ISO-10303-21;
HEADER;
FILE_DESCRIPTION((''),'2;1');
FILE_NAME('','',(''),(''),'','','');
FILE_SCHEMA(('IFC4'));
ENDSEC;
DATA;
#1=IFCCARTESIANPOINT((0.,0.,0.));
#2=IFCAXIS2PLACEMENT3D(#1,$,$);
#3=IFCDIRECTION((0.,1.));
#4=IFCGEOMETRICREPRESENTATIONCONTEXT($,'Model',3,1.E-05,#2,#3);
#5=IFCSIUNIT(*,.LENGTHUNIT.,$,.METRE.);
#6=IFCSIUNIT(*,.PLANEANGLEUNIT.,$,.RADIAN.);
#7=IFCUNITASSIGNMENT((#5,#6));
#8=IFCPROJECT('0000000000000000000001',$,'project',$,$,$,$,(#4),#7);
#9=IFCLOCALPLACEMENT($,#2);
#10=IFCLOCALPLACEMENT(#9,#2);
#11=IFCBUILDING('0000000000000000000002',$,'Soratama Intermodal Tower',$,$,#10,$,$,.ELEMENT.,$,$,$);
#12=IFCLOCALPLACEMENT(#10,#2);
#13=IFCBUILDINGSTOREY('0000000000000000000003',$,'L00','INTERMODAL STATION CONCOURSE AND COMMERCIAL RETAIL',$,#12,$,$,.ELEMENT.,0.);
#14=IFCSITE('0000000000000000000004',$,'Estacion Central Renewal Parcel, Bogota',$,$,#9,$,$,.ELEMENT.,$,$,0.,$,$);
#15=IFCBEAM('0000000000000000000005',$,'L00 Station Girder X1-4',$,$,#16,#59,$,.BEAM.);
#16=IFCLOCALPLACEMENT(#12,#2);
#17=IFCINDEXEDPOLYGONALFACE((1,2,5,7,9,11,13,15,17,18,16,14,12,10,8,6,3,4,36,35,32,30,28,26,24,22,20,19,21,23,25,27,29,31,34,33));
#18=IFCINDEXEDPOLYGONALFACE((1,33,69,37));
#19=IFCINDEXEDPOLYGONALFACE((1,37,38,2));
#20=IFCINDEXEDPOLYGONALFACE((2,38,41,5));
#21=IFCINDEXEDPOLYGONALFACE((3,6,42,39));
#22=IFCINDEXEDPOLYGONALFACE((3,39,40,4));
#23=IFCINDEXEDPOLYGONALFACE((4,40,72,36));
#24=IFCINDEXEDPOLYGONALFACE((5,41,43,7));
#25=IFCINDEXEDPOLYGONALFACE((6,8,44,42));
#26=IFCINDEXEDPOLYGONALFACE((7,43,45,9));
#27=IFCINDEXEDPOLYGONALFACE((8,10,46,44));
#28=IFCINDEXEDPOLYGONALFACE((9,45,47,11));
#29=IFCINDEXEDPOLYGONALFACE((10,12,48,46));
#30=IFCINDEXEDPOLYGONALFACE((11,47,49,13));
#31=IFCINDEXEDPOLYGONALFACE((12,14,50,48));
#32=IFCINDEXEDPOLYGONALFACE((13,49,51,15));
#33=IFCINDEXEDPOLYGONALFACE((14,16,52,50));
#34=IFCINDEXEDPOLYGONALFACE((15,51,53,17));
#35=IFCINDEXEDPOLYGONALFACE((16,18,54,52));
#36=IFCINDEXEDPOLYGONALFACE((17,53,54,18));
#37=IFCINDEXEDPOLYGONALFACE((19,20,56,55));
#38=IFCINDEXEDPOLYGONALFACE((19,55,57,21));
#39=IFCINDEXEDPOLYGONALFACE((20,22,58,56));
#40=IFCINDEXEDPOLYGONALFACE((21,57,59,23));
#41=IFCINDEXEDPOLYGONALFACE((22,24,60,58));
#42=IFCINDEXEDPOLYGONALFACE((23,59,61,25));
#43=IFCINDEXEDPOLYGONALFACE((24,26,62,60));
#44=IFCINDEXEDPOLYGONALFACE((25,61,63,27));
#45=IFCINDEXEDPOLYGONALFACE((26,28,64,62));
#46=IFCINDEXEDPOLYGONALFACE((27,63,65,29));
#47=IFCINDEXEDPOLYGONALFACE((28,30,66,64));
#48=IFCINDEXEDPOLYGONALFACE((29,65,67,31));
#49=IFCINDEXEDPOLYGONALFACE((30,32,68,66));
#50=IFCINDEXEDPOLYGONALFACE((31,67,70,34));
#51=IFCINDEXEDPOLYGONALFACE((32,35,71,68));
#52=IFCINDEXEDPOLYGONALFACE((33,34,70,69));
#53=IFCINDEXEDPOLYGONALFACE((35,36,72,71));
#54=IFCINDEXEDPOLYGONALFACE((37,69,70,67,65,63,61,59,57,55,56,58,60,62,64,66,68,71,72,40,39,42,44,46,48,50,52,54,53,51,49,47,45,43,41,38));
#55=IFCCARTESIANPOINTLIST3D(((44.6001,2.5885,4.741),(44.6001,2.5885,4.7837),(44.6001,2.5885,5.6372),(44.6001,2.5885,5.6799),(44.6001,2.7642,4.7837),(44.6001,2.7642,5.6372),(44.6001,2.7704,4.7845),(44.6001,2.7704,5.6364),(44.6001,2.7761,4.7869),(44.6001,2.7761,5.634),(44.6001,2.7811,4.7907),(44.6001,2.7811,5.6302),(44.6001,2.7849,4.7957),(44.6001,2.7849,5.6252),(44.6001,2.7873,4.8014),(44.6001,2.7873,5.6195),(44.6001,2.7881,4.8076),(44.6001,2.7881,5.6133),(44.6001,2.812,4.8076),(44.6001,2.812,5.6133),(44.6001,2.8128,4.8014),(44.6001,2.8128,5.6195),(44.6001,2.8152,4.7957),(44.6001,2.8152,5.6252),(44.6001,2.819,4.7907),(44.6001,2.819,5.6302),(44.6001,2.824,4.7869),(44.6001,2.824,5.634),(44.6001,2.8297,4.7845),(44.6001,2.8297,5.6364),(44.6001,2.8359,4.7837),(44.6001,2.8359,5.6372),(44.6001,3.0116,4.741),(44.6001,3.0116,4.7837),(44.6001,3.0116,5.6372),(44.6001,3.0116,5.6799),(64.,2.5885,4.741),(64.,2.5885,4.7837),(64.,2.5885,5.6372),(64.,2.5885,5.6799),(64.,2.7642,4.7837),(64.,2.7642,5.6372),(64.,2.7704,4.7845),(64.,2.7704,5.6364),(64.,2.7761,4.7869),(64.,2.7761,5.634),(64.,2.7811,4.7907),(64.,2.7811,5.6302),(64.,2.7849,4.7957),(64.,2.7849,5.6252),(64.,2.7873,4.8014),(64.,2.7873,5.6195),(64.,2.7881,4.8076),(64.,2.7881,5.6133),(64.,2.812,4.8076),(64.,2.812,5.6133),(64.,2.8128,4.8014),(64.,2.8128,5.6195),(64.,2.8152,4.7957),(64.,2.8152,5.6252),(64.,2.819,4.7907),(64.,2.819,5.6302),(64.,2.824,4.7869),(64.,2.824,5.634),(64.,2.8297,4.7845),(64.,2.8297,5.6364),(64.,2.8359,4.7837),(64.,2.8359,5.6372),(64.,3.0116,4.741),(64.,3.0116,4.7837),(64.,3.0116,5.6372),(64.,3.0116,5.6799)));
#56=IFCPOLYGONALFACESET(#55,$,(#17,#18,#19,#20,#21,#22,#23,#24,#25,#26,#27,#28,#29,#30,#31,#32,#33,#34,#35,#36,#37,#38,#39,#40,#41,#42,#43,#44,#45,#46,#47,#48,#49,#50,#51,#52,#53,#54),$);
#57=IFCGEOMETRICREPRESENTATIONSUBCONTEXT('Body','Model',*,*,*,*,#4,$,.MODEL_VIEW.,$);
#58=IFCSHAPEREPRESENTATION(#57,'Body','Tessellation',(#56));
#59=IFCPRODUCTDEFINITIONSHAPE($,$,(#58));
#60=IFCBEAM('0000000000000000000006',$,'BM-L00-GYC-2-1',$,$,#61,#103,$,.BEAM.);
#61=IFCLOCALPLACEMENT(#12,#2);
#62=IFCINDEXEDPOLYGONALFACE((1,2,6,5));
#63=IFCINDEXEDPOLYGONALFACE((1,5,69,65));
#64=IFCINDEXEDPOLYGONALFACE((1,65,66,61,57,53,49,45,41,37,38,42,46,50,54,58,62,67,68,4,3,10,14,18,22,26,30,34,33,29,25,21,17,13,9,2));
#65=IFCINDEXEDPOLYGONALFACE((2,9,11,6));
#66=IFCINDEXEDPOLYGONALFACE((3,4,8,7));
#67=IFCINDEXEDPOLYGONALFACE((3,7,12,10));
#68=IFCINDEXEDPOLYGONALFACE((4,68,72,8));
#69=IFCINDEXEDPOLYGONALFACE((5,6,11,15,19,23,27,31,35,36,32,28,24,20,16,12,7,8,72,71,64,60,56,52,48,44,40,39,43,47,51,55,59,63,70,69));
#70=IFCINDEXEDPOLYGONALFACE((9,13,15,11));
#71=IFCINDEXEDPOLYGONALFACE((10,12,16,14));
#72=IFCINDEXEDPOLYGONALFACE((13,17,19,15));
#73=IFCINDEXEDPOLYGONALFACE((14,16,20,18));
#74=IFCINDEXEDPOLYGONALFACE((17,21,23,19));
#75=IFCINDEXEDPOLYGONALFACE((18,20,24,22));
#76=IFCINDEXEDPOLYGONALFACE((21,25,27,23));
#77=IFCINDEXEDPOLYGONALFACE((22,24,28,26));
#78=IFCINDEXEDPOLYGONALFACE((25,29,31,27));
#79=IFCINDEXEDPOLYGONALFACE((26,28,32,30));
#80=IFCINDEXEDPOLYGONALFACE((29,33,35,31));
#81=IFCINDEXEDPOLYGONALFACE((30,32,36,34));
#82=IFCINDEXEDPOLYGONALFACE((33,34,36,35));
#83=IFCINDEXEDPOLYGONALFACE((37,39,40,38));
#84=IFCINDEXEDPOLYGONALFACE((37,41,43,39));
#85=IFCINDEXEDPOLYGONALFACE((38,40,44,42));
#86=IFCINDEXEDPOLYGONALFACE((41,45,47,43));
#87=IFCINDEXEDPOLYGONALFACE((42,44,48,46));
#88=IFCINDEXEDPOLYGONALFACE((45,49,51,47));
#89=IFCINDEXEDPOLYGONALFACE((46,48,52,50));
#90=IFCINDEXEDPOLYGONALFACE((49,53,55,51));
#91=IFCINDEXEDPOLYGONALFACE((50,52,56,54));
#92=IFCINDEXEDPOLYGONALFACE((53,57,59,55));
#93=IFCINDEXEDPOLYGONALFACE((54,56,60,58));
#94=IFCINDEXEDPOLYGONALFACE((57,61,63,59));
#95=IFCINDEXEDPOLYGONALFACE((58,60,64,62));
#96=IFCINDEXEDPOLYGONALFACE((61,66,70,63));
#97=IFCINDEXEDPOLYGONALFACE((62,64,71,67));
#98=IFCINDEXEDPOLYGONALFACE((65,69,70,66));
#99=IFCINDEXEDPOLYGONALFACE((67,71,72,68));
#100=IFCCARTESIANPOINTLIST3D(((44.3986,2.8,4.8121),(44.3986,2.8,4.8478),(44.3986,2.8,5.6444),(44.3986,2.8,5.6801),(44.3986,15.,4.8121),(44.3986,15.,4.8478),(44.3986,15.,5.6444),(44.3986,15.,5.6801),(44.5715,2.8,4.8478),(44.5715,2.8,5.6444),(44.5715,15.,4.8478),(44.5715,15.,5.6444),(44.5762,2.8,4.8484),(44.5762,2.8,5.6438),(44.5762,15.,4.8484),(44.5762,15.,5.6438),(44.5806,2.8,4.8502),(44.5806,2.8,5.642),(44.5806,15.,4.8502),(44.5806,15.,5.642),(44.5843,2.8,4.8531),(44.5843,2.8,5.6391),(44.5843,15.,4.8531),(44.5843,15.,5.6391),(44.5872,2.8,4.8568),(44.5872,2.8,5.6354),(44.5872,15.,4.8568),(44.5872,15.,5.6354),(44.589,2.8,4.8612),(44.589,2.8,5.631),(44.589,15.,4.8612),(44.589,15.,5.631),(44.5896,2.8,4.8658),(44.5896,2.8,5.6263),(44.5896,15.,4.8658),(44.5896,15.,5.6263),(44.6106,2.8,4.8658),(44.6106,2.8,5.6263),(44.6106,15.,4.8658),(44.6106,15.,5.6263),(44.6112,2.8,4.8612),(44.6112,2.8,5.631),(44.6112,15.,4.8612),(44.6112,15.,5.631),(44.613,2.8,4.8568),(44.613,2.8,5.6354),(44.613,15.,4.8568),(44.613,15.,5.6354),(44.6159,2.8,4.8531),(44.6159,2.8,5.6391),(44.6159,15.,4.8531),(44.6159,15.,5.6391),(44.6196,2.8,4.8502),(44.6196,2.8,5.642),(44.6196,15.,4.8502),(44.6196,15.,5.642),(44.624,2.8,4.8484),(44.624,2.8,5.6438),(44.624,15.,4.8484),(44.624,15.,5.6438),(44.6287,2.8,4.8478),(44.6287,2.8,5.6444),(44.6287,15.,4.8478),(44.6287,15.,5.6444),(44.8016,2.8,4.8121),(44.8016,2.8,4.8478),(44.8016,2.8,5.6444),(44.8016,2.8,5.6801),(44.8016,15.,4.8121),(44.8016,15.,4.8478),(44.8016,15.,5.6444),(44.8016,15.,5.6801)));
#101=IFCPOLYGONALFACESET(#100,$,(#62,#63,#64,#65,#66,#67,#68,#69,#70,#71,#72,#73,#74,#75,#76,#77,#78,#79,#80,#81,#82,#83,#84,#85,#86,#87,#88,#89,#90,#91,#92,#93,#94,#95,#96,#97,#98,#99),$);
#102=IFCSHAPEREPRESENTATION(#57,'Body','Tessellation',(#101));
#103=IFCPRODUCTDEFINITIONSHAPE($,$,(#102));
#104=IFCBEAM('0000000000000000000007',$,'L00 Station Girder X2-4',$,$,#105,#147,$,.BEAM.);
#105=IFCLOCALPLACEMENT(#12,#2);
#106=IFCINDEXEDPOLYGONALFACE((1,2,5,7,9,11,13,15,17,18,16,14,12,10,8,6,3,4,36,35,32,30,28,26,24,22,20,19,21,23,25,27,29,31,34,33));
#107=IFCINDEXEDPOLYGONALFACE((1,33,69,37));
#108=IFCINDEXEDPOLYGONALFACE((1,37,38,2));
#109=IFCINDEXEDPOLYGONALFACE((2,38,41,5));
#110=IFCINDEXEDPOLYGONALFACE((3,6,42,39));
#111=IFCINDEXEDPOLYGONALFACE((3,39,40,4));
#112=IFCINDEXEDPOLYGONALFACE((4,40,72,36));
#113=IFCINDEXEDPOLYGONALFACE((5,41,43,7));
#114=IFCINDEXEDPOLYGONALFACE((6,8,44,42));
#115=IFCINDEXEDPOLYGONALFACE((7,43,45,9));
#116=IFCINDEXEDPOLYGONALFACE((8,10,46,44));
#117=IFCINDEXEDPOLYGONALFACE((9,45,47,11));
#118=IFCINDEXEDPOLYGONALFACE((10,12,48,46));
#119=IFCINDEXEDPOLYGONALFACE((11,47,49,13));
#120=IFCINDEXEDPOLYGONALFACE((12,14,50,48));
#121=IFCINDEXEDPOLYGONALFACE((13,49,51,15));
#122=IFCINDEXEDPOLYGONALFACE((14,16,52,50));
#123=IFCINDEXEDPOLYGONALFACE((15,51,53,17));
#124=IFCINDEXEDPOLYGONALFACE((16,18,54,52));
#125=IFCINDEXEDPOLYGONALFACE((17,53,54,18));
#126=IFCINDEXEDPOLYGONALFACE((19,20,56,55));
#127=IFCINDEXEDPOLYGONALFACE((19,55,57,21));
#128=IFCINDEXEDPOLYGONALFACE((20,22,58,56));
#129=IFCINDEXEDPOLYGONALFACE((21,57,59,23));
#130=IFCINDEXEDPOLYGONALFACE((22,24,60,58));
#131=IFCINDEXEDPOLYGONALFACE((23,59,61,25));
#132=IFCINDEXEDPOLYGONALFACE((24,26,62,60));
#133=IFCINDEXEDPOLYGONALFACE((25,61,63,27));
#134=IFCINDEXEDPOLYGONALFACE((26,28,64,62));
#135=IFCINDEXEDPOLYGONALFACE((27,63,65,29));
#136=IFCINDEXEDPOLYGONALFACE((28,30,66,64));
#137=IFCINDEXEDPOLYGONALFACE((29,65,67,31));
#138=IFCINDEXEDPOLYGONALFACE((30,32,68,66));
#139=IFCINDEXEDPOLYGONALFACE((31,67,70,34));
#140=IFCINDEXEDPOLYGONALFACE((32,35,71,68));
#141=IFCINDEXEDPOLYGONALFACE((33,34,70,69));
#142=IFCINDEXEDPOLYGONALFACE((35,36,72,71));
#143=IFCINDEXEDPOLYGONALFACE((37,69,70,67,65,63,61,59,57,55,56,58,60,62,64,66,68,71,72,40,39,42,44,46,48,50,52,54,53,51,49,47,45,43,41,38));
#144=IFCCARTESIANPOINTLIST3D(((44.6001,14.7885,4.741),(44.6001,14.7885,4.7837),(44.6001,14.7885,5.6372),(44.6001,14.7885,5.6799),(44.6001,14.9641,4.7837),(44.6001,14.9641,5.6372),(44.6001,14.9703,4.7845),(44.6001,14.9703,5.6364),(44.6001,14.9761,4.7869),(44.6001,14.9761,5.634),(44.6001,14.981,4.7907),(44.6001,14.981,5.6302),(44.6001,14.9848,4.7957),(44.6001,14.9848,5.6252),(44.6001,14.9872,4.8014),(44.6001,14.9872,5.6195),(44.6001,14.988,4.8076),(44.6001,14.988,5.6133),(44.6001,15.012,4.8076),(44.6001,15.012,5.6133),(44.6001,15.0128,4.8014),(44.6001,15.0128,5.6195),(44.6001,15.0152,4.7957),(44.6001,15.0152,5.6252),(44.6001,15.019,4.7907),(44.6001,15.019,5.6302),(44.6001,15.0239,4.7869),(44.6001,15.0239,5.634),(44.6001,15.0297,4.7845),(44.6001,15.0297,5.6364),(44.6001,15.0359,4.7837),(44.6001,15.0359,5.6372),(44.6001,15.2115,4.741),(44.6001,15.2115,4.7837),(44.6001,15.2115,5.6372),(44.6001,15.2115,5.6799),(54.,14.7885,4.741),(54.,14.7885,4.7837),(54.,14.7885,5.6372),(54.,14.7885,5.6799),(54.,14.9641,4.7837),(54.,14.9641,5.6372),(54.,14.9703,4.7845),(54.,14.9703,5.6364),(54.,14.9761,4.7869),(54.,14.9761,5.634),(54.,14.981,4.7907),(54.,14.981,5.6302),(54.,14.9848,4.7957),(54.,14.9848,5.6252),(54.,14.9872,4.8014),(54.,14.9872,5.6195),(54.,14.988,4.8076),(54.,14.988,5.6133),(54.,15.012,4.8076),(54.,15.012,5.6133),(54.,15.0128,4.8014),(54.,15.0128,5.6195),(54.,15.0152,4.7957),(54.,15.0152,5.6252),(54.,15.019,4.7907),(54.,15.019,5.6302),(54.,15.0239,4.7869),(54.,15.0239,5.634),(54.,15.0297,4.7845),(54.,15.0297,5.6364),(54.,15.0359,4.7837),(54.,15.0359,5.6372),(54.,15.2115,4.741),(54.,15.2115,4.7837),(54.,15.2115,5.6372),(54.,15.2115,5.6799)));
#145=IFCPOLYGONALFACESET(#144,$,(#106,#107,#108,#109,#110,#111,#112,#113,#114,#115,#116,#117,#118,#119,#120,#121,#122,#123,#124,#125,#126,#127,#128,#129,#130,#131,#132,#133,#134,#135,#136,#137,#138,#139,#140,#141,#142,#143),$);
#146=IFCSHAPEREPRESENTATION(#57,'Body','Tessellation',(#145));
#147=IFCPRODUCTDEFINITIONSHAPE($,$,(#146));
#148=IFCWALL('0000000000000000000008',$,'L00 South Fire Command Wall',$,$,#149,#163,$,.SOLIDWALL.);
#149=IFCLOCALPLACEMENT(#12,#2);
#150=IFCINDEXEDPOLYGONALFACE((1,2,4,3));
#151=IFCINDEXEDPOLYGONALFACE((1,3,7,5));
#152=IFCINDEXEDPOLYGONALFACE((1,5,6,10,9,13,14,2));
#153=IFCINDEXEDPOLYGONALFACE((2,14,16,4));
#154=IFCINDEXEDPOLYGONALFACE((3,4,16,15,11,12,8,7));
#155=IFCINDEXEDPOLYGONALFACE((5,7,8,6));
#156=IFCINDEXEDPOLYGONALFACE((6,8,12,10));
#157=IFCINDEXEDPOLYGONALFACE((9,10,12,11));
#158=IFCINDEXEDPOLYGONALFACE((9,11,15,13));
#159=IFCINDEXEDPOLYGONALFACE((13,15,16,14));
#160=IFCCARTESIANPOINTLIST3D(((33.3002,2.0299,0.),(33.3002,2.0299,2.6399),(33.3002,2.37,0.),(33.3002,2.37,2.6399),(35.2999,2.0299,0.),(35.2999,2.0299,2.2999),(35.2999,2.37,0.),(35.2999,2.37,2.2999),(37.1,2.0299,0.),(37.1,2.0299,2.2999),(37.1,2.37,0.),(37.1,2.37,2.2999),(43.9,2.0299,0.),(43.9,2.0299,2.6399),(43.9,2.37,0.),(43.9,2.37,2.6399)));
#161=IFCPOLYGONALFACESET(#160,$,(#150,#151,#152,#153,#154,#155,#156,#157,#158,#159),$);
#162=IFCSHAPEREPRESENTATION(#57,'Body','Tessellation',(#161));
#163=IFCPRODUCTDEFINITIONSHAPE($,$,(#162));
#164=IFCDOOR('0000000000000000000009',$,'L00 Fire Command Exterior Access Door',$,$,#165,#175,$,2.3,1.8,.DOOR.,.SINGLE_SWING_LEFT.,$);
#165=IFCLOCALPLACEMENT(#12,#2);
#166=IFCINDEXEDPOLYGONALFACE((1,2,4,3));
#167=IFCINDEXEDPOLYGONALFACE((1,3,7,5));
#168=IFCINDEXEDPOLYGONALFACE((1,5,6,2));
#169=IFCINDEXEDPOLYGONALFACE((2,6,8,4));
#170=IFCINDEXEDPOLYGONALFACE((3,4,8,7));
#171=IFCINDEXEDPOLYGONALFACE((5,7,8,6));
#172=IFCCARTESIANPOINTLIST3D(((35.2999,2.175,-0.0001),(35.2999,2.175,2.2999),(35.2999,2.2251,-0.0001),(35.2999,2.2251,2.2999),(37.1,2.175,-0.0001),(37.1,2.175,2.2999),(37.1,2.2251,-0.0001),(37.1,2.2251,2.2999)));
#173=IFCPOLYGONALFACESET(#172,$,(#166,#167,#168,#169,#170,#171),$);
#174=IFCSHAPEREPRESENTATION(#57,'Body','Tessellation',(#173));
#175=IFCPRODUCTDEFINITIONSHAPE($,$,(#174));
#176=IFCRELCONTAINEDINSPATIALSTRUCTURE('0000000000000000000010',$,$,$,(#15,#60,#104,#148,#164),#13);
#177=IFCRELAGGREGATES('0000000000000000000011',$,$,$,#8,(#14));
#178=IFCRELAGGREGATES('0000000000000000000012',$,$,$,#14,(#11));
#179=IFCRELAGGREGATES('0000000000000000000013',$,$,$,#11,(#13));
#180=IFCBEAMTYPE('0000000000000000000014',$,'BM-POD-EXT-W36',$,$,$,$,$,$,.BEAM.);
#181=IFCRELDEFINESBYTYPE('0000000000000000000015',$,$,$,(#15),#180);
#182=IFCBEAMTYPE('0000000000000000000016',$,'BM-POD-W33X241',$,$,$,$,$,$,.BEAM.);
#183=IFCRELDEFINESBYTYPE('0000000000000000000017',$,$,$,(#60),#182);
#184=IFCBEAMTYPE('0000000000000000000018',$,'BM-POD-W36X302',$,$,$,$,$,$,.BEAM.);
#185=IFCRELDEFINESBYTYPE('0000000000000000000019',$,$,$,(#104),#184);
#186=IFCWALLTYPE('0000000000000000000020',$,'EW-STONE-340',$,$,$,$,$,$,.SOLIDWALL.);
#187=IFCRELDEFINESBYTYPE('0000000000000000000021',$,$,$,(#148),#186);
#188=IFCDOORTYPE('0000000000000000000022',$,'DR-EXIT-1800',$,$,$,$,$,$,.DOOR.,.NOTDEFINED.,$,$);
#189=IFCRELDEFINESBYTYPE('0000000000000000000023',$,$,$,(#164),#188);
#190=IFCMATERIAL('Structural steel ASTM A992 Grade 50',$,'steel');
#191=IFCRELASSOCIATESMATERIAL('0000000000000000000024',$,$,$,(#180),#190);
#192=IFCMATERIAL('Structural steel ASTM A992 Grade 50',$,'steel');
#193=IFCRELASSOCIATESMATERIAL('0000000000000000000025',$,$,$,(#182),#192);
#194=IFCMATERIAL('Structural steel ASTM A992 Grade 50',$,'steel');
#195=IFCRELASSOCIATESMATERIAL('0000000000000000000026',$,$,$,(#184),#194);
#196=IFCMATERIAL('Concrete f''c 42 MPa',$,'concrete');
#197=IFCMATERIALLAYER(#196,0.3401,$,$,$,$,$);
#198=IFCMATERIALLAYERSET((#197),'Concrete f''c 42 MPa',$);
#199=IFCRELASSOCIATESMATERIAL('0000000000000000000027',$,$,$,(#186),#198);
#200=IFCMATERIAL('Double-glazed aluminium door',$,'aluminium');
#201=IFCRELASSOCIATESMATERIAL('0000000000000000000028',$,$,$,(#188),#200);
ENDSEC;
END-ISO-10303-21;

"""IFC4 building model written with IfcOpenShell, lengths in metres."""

from ifc_helpers import new_model, si_unit, direction, frame, frame_2d, origin, origin_2d, place, context, subcontext, project, spatial, rectangle, i_section, extrude, material, layer, layer_set, material_profile, profile_set, type_object, element, fill, save


model = new_model("IFC4")

# Units and contexts
model_context = context("Model", 3, precision=1e-05, world=origin(), true_north=direction((0.0, 1.0)))
body_context = subcontext(model_context, "Body", "Model", "MODEL_VIEW")
ifc_project = project(units=[si_unit("LENGTHUNIT", "METRE"), si_unit("PLANEANGLEUNIT", "RADIAN")], contexts=[model_context])

# Site, building, storey
site_placement = place(None, origin())
site = spatial("IfcSite", under=ifc_project, at=site_placement, Name="Estacion Central Renewal Parcel, Bogota", CompositionType="ELEMENT", RefElevation=0.0)
building_placement = place(site_placement, origin())
building = spatial("IfcBuilding", under=site, at=building_placement, Name="Soratama Intermodal Tower", CompositionType="ELEMENT")
storey_placement = place(building_placement, origin())
storey = spatial("IfcBuildingStorey", under=building, at=storey_placement, Name="L00", Description="INTERMODAL STATION CONCOURSE AND COMMERCIAL RETAIL", CompositionType="ELEMENT", Elevation=0.0)

# Beams
ifc_material_1 = material(Name="Structural steel ASTM A992 Grade 50", Category="steel")
ifc_material_profile_1 = material_profile(ifc_material_1, i_section(OverallWidth=0.4231, OverallDepth=0.939, WebThickness=0.0239, FlangeThickness=0.0427, FilletRadius=0.0239, at=origin_2d()), Name="W36X302")
ifc_profile_set_1 = profile_set([ifc_material_profile_1], Name="Structural steel ASTM A992 Grade 50")
beam_type_1 = type_object("IfcBeamType", Name="BM-POD-EXT-W36", PredefinedType="BEAM", material=ifc_profile_set_1)
beam_1_placement = place(storey_placement, frame((44.6001, 2.8, 5.2104), z_axis=(1.0, 0.0, 0.0), x_axis=(0.0, 1.0, 0.0)))
element("IfcBeam", 1, at=beam_1_placement, inside=storey, type_object=beam_type_1, Name="L00 Station Girder X1-4", PredefinedType="BEAM", context=body_context, shape_type="SweptSolid", body=[
    extrude(i_section(OverallWidth=0.4231, OverallDepth=0.939, WebThickness=0.0239, FlangeThickness=0.0427, FilletRadius=0.0239, at=origin_2d()), origin(), (0.0, 0.0, 1.0), 19.3999),
])
ifc_material_2 = material(Name="Structural steel ASTM A992 Grade 50", Category="steel")
ifc_material_profile_2 = material_profile(ifc_material_2, i_section(OverallWidth=0.4031, OverallDepth=0.8679, WebThickness=0.021, FlangeThickness=0.0356, FilletRadius=0.0181, at=origin_2d()), Name="W33X241")
ifc_profile_set_2 = profile_set([ifc_material_profile_2], Name="Structural steel ASTM A992 Grade 50")
beam_type_2 = type_object("IfcBeamType", Name="BM-POD-W33X241", PredefinedType="BEAM", material=ifc_profile_set_2)
beam_2_placement = place(storey_placement, frame((44.6001, 2.8, 5.2461), z_axis=(0.0, 1.0, 0.0), x_axis=(-1.0, 0.0, 0.0)))
element("IfcBeam", 2, at=beam_2_placement, inside=storey, type_object=beam_type_2, Name="BM-L00-GYC-2-1", PredefinedType="BEAM", context=body_context, shape_type="SweptSolid", body=[
    extrude(i_section(OverallWidth=0.4031, OverallDepth=0.8679, WebThickness=0.021, FlangeThickness=0.0356, FilletRadius=0.0181, at=origin_2d()), origin(), (0.0, 0.0, 1.0), 12.2),
])
ifc_material_3 = material(Name="Structural steel ASTM A992 Grade 50", Category="steel")
ifc_material_profile_3 = material_profile(ifc_material_3, i_section(OverallWidth=0.4231, OverallDepth=0.939, WebThickness=0.0239, FlangeThickness=0.0427, FilletRadius=0.0239, at=origin_2d()), Name="W36X302")
ifc_profile_set_3 = profile_set([ifc_material_profile_3], Name="Structural steel ASTM A992 Grade 50")
beam_type_3 = type_object("IfcBeamType", Name="BM-POD-W36X302", PredefinedType="BEAM", material=ifc_profile_set_3)
beam_3_placement = place(storey_placement, frame((44.6001, 15.0, 5.2104), z_axis=(1.0, 0.0, 0.0), x_axis=(0.0, 1.0, 0.0)))
element("IfcBeam", 3, at=beam_3_placement, inside=storey, type_object=beam_type_3, Name="L00 Station Girder X2-4", PredefinedType="BEAM", context=body_context, shape_type="SweptSolid", body=[
    extrude(i_section(OverallWidth=0.4231, OverallDepth=0.939, WebThickness=0.0239, FlangeThickness=0.0427, FilletRadius=0.0239, at=origin_2d()), origin(), (0.0, 0.0, 1.0), 9.3999),
])

# Wall, opening, door
ifc_material_4 = material(Name="Concrete f'c 42 MPa", Category="concrete")
ifc_layer_1 = layer(ifc_material_4, 0.3401)
ifc_layer_set_1 = layer_set([ifc_layer_1], Name="Concrete f'c 42 MPa")
wall_type_1 = type_object("IfcWallType", Name="EW-STONE-340", PredefinedType="SOLIDWALL", material=ifc_layer_set_1)
wall_1_placement = place(storey_placement, frame((43.8999, 2.2, 0.0), z_axis=(0.0, 0.0, 1.0), x_axis=(-1.0, 0.0, 0.0)))
wall_1 = element("IfcWall", 4, at=wall_1_placement, inside=storey, type_object=wall_type_1, Name="L00 South Fire Command Wall", PredefinedType="SOLIDWALL", context=body_context, shape_type="SweptSolid", body=[
    extrude(rectangle(XDim=10.5999, YDim=0.3401, at=frame_2d((5.2998, 0.0))), origin(), (0.0, 0.0, 1.0), 2.6399),
])
opening_1_placement = place(wall_1_placement, frame((6.8, 0.0, 0.0)))
opening_1 = element("IfcOpeningElement", 5, at=opening_1_placement, cuts=wall_1, PredefinedType="OPENING", context=body_context, shape_type="SweptSolid", body=[
    extrude(rectangle(XDim=1.8, YDim=2.3, at=frame_2d((0.8999, 1.1499))), frame((0.0, 0.1799, 0.0), z_axis=(0.0, -1.0, 0.0), x_axis=(1.0, 0.0, 0.0)), (0.0, 0.0, 1.0), 0.3601),
])
ifc_material_5 = material(Name="Double-glazed aluminium door", Category="aluminium")
door_type_1 = type_object("IfcDoorType", Name="DR-EXIT-1800", OperationType="NOTDEFINED", PredefinedType="DOOR", material=ifc_material_5)
door_1_placement = place(opening_1_placement, origin())
door_1 = element("IfcDoor", 6, at=door_1_placement, inside=storey, type_object=door_type_1, Name="L00 Fire Command Exterior Access Door", OperationType="SINGLE_SWING_LEFT", OverallHeight=2.3, OverallWidth=1.8, PredefinedType="DOOR", context=body_context, shape_type="SweptSolid", body=[
    extrude(rectangle(XDim=1.8, YDim=2.3, at=frame_2d((0.8999, 1.1499))), frame((0.0, 0.0249, 0.0), z_axis=(0.0, -1.0, 0.0), x_axis=(1.0, 0.0, 0.0)), (0.0, 0.0, 1.0), 0.05),
])
fill(opening_1, door_1)

save(model, "model.ifc")
